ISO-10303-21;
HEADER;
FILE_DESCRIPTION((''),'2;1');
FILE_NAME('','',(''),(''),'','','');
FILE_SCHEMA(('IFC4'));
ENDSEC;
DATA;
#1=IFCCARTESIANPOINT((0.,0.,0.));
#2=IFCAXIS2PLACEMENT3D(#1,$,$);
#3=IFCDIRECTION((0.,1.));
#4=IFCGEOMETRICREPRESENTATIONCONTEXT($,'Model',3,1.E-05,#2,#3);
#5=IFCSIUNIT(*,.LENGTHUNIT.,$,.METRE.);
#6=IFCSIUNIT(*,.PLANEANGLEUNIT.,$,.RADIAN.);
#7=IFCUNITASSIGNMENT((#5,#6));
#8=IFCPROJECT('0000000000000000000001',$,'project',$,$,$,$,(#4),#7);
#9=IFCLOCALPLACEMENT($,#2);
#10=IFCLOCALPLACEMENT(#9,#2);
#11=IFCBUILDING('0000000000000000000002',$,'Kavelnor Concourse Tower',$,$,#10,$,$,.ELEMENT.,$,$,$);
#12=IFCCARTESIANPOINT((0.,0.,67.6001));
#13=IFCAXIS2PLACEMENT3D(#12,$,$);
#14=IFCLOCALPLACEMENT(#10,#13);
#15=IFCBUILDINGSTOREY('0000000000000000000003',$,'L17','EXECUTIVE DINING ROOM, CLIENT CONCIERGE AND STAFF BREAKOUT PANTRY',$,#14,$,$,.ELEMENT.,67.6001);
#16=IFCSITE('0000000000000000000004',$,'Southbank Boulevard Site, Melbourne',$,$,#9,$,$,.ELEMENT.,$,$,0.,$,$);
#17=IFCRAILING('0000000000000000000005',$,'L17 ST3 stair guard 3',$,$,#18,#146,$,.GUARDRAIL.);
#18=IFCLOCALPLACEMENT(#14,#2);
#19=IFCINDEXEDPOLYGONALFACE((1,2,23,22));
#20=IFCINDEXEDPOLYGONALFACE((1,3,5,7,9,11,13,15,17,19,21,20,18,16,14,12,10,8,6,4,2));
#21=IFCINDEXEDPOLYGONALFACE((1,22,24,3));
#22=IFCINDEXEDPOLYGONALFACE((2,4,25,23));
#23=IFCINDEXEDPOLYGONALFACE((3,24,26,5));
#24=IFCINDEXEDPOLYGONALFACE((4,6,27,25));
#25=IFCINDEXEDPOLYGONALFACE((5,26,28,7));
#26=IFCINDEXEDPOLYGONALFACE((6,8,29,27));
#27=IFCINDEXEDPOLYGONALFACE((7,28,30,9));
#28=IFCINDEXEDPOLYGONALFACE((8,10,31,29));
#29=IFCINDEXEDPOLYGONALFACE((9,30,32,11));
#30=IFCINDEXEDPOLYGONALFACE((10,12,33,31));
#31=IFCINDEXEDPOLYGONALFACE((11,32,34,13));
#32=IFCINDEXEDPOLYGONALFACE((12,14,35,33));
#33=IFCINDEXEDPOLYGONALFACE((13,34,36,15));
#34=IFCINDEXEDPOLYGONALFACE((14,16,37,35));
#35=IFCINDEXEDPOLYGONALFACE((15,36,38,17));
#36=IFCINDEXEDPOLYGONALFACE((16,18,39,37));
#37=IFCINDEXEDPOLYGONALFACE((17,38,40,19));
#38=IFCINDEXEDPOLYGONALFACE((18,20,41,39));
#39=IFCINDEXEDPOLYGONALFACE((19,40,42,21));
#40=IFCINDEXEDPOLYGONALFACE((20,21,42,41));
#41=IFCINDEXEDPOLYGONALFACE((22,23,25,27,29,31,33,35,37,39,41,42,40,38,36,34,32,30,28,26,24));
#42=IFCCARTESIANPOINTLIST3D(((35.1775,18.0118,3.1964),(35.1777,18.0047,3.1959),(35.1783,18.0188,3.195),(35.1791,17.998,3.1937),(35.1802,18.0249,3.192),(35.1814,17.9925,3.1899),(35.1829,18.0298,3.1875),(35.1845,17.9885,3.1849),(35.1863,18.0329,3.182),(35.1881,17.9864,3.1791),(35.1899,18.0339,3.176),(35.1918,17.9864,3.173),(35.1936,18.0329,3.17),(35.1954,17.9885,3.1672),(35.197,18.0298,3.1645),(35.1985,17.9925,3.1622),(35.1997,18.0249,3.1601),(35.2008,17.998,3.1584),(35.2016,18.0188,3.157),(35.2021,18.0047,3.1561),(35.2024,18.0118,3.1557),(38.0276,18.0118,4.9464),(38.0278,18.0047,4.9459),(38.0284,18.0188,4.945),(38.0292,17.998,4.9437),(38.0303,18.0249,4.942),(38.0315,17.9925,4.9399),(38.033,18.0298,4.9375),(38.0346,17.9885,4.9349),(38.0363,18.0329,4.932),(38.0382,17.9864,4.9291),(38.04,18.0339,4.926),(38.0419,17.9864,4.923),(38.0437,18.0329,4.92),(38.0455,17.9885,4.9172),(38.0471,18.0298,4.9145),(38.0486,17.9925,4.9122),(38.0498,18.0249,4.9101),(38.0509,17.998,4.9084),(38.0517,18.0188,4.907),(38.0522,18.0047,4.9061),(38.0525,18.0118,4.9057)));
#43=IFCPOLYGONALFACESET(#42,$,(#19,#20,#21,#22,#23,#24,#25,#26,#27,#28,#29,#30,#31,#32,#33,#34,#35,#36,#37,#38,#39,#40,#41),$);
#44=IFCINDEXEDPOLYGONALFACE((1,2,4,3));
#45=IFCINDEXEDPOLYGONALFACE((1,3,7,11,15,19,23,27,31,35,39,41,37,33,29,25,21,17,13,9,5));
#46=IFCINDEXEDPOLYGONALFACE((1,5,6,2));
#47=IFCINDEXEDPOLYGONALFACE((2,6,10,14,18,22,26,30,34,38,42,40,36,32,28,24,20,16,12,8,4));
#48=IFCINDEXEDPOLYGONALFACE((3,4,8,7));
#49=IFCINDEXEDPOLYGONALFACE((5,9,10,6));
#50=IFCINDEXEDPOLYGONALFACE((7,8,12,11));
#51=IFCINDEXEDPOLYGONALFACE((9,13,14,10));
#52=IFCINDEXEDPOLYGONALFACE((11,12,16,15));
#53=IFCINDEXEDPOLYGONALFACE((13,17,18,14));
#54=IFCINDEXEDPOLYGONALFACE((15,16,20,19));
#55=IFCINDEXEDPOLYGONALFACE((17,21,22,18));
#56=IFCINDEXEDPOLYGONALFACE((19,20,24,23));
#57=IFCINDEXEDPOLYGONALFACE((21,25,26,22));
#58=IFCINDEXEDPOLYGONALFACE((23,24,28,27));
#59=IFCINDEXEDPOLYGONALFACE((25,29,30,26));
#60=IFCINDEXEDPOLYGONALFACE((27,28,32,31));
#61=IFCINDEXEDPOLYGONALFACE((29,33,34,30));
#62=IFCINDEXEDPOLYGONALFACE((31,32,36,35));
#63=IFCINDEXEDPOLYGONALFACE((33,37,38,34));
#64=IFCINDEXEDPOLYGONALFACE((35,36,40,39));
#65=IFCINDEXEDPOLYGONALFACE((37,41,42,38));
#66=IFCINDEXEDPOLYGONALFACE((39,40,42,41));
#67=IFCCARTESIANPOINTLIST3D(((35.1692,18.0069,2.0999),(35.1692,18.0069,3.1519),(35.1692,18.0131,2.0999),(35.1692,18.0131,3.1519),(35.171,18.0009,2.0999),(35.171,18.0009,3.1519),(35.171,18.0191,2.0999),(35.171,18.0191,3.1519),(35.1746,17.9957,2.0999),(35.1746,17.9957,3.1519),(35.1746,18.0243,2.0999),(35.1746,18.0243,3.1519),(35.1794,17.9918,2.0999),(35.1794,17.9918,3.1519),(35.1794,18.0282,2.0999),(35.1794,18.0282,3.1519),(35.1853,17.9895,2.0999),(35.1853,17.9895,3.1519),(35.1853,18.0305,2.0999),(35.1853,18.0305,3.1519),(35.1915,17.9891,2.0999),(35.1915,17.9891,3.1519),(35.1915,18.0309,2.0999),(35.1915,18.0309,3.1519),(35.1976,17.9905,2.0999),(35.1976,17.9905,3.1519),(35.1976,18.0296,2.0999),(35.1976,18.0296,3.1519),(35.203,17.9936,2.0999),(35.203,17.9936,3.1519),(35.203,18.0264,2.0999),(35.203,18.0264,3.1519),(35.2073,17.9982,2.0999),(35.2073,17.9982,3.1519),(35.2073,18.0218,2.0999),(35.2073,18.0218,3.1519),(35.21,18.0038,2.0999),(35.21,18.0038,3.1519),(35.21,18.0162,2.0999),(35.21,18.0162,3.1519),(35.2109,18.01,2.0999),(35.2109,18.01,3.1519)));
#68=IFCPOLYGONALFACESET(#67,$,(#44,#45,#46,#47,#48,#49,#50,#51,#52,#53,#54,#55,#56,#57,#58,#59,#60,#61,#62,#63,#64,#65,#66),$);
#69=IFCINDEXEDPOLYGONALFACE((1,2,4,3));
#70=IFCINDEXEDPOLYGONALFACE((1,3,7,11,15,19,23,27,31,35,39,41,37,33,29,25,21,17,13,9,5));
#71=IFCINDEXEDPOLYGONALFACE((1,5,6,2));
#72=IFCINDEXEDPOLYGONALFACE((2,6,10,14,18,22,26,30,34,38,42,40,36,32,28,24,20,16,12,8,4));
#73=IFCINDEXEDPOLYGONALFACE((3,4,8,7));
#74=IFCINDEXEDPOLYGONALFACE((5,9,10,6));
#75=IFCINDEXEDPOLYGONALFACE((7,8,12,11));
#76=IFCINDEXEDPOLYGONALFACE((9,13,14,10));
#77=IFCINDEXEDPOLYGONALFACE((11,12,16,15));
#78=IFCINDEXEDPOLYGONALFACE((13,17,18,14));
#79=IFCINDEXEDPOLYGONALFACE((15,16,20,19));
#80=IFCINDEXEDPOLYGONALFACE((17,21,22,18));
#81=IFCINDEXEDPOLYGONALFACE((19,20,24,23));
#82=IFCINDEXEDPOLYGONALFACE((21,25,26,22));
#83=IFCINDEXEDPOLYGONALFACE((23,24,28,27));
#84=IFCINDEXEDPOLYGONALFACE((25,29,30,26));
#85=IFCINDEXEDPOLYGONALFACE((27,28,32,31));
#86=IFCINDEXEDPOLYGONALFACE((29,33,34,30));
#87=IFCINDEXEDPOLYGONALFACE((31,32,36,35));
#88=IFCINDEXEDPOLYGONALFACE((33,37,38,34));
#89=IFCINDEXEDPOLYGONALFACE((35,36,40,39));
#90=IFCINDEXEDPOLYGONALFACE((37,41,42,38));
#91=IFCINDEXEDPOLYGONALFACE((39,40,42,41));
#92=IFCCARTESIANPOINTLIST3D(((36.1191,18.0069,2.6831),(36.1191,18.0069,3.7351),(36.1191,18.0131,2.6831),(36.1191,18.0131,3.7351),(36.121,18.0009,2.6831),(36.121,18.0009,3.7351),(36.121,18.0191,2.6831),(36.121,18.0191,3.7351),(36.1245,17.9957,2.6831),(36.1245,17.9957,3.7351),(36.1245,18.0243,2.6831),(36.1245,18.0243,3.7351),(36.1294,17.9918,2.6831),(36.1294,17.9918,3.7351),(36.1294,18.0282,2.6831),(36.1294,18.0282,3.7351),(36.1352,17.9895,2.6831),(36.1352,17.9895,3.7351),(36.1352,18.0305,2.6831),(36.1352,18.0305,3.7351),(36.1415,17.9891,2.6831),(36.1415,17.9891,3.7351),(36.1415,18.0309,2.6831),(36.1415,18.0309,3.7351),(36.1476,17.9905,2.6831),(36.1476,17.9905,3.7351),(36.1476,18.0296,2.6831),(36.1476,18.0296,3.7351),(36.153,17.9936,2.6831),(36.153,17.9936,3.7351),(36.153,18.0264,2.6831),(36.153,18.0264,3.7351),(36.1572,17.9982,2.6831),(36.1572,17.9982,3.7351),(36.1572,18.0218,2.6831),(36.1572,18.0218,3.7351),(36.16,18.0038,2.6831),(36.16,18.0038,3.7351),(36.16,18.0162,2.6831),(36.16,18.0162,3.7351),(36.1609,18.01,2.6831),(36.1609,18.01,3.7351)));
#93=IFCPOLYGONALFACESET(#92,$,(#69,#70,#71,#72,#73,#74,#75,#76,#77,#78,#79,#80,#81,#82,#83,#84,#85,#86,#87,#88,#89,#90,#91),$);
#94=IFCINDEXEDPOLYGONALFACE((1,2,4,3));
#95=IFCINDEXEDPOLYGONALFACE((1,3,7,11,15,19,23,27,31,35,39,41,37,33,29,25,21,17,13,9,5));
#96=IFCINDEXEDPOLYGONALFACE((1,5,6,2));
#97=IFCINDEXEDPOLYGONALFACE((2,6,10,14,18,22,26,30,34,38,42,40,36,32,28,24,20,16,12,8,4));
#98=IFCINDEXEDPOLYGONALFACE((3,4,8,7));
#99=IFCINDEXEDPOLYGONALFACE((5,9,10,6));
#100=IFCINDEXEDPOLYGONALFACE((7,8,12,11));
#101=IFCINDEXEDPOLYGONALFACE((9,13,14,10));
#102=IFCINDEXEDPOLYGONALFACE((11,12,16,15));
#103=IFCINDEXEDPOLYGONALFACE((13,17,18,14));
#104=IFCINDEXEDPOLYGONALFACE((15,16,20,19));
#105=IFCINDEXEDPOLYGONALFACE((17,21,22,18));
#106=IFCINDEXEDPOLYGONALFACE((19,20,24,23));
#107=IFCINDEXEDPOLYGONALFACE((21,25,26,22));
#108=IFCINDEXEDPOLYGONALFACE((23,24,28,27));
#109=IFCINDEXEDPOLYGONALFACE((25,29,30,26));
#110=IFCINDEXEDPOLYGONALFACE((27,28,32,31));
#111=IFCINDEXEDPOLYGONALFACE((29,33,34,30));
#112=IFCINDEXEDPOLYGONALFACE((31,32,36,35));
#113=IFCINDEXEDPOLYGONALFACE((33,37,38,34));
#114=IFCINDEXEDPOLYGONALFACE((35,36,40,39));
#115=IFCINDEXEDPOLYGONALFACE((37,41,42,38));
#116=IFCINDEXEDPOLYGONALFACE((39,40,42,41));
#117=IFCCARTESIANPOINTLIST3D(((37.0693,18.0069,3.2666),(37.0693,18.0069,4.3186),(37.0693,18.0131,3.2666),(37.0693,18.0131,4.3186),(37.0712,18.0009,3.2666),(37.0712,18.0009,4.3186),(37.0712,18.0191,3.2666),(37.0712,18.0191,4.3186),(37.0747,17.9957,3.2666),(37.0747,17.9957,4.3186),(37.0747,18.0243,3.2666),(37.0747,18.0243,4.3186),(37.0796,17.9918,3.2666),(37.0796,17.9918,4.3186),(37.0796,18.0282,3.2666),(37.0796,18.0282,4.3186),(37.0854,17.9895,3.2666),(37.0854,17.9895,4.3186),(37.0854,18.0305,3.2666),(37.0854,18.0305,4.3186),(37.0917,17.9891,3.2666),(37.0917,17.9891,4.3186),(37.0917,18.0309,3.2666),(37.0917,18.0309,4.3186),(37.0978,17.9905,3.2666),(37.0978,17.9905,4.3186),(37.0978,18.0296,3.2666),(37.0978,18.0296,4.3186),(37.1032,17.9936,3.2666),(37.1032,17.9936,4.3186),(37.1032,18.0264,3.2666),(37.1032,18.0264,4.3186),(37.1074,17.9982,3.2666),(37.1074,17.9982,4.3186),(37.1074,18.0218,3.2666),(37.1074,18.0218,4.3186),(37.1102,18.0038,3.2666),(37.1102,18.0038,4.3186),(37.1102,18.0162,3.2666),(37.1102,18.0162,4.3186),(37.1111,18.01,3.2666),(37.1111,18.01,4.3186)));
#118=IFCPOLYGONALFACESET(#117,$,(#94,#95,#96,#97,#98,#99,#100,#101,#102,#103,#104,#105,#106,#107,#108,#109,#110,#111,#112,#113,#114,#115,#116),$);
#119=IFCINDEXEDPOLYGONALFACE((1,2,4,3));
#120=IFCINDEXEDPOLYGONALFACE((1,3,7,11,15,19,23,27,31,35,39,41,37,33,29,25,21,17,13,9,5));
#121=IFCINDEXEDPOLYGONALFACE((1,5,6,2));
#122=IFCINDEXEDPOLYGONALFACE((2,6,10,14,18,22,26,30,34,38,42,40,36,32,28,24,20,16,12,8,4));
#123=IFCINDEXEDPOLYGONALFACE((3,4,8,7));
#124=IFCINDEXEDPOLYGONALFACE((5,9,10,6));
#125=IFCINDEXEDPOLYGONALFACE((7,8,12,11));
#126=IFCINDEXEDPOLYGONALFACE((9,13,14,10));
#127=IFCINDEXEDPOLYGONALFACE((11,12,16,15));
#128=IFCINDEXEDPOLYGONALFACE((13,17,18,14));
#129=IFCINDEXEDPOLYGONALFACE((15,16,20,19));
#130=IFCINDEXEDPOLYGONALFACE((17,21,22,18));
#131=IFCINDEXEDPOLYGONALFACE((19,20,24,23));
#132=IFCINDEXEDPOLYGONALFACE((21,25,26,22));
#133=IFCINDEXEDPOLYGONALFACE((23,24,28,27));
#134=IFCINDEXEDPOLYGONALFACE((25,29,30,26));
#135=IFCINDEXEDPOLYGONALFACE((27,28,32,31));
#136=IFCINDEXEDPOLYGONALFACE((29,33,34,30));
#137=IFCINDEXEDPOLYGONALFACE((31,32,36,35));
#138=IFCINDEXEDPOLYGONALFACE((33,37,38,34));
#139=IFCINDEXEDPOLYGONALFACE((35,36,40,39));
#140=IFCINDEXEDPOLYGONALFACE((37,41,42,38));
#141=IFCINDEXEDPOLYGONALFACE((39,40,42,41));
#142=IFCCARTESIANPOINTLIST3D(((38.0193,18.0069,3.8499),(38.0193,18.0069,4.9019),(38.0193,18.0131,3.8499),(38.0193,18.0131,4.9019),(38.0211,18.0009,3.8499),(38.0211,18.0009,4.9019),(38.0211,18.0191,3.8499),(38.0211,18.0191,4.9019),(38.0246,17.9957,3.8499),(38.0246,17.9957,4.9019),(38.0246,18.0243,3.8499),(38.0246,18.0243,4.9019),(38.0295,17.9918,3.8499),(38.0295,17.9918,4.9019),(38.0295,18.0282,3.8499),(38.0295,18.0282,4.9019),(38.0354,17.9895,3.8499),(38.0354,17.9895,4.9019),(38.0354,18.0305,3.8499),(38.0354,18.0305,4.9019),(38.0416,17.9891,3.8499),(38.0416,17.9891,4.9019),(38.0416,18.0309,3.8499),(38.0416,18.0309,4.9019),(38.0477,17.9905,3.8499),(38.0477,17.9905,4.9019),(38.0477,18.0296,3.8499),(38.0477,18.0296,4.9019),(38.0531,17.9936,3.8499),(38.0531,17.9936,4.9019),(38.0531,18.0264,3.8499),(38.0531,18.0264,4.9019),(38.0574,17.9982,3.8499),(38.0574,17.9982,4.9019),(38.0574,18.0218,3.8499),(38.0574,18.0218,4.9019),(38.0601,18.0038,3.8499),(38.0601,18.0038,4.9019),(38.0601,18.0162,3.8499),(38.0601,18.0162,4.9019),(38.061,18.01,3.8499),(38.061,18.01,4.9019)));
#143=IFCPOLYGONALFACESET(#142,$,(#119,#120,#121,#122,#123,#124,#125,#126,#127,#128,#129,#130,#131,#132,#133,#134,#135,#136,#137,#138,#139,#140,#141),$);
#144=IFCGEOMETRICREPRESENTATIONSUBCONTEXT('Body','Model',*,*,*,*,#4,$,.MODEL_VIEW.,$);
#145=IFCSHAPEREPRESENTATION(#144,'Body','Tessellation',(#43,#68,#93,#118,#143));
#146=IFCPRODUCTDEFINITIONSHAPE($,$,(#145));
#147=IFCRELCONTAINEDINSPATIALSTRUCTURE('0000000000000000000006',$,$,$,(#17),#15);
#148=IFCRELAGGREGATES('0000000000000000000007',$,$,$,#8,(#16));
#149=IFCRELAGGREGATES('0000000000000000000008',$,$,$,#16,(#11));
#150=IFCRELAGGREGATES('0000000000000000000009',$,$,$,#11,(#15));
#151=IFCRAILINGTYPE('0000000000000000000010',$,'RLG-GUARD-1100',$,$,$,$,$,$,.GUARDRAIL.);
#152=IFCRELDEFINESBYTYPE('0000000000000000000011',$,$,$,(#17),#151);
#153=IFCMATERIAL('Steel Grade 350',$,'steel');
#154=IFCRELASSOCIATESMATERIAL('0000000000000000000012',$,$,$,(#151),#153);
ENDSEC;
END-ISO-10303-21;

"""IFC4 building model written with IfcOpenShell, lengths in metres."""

from ifc_helpers import new_model, si_unit, direction, frame, origin, origin_2d, place, context, subcontext, project, spatial, circle, extrude, material, type_object, element, save


model = new_model("IFC4")

# Units and contexts
model_context = context("Model", 3, precision=1e-05, world=origin(), true_north=direction((0.0, 1.0)))
body_context = subcontext(model_context, "Body", "Model", "MODEL_VIEW")
ifc_project = project(units=[si_unit("LENGTHUNIT", "METRE"), si_unit("PLANEANGLEUNIT", "RADIAN")], contexts=[model_context])

# Site, building, storey
site_placement = place(None, origin())
site = spatial("IfcSite", under=ifc_project, at=site_placement, Name="Southbank Boulevard Site, Melbourne", CompositionType="ELEMENT", RefElevation=0.0)
building_placement = place(site_placement, origin())
building = spatial("IfcBuilding", under=site, at=building_placement, Name="Kavelnor Concourse Tower", CompositionType="ELEMENT")
storey_placement = place(building_placement, frame((0.0, 0.0, 67.6001)))
storey = spatial("IfcBuildingStorey", under=building, at=storey_placement, Name="L17", Description="EXECUTIVE DINING ROOM, CLIENT CONCIERGE AND STAFF BREAKOUT PANTRY", CompositionType="ELEMENT", Elevation=67.6001)

# Shared definitions
ifc_material_1 = material(Name="Steel Grade 350", Category="steel")

# Railing
railing_type_1 = type_object("IfcRailingType", Name="RLG-GUARD-1100", PredefinedType="GUARDRAIL", material=ifc_material_1)
railing_1_placement = place(storey_placement, frame((35.1899, 18.01, 2.0999)))
element("IfcRailing", 1, at=railing_1_placement, inside=storey, type_object=railing_type_1, Name="L17 ST3 stair guard 3", PredefinedType="GUARDRAIL", context=body_context, shape_type="SweptSolid", body=[
    extrude(circle(Radius=0.0239, at=origin_2d()), frame((0.0, 0.0, 1.0762), z_axis=(0.852179, 0.0, 0.52325), x_axis=(0.0, 1.0, 0.0)), (0.0, 0.0, 1.0), 3.3445),
    extrude(circle(Radius=0.021, at=origin_2d()), origin(), (0.0, 0.0, 1.0), 1.052),
    extrude(circle(Radius=0.021, at=origin_2d()), frame((0.95, 0.0, 0.5833)), (0.0, 0.0, 1.0), 1.052),
    extrude(circle(Radius=0.021, at=origin_2d()), frame((1.9001, 0.0, 1.1667)), (0.0, 0.0, 1.0), 1.052),
    extrude(circle(Radius=0.021, at=origin_2d()), frame((2.8501, 0.0, 1.75)), (0.0, 0.0, 1.0), 1.052),
])

save(model, "model.ifc")
